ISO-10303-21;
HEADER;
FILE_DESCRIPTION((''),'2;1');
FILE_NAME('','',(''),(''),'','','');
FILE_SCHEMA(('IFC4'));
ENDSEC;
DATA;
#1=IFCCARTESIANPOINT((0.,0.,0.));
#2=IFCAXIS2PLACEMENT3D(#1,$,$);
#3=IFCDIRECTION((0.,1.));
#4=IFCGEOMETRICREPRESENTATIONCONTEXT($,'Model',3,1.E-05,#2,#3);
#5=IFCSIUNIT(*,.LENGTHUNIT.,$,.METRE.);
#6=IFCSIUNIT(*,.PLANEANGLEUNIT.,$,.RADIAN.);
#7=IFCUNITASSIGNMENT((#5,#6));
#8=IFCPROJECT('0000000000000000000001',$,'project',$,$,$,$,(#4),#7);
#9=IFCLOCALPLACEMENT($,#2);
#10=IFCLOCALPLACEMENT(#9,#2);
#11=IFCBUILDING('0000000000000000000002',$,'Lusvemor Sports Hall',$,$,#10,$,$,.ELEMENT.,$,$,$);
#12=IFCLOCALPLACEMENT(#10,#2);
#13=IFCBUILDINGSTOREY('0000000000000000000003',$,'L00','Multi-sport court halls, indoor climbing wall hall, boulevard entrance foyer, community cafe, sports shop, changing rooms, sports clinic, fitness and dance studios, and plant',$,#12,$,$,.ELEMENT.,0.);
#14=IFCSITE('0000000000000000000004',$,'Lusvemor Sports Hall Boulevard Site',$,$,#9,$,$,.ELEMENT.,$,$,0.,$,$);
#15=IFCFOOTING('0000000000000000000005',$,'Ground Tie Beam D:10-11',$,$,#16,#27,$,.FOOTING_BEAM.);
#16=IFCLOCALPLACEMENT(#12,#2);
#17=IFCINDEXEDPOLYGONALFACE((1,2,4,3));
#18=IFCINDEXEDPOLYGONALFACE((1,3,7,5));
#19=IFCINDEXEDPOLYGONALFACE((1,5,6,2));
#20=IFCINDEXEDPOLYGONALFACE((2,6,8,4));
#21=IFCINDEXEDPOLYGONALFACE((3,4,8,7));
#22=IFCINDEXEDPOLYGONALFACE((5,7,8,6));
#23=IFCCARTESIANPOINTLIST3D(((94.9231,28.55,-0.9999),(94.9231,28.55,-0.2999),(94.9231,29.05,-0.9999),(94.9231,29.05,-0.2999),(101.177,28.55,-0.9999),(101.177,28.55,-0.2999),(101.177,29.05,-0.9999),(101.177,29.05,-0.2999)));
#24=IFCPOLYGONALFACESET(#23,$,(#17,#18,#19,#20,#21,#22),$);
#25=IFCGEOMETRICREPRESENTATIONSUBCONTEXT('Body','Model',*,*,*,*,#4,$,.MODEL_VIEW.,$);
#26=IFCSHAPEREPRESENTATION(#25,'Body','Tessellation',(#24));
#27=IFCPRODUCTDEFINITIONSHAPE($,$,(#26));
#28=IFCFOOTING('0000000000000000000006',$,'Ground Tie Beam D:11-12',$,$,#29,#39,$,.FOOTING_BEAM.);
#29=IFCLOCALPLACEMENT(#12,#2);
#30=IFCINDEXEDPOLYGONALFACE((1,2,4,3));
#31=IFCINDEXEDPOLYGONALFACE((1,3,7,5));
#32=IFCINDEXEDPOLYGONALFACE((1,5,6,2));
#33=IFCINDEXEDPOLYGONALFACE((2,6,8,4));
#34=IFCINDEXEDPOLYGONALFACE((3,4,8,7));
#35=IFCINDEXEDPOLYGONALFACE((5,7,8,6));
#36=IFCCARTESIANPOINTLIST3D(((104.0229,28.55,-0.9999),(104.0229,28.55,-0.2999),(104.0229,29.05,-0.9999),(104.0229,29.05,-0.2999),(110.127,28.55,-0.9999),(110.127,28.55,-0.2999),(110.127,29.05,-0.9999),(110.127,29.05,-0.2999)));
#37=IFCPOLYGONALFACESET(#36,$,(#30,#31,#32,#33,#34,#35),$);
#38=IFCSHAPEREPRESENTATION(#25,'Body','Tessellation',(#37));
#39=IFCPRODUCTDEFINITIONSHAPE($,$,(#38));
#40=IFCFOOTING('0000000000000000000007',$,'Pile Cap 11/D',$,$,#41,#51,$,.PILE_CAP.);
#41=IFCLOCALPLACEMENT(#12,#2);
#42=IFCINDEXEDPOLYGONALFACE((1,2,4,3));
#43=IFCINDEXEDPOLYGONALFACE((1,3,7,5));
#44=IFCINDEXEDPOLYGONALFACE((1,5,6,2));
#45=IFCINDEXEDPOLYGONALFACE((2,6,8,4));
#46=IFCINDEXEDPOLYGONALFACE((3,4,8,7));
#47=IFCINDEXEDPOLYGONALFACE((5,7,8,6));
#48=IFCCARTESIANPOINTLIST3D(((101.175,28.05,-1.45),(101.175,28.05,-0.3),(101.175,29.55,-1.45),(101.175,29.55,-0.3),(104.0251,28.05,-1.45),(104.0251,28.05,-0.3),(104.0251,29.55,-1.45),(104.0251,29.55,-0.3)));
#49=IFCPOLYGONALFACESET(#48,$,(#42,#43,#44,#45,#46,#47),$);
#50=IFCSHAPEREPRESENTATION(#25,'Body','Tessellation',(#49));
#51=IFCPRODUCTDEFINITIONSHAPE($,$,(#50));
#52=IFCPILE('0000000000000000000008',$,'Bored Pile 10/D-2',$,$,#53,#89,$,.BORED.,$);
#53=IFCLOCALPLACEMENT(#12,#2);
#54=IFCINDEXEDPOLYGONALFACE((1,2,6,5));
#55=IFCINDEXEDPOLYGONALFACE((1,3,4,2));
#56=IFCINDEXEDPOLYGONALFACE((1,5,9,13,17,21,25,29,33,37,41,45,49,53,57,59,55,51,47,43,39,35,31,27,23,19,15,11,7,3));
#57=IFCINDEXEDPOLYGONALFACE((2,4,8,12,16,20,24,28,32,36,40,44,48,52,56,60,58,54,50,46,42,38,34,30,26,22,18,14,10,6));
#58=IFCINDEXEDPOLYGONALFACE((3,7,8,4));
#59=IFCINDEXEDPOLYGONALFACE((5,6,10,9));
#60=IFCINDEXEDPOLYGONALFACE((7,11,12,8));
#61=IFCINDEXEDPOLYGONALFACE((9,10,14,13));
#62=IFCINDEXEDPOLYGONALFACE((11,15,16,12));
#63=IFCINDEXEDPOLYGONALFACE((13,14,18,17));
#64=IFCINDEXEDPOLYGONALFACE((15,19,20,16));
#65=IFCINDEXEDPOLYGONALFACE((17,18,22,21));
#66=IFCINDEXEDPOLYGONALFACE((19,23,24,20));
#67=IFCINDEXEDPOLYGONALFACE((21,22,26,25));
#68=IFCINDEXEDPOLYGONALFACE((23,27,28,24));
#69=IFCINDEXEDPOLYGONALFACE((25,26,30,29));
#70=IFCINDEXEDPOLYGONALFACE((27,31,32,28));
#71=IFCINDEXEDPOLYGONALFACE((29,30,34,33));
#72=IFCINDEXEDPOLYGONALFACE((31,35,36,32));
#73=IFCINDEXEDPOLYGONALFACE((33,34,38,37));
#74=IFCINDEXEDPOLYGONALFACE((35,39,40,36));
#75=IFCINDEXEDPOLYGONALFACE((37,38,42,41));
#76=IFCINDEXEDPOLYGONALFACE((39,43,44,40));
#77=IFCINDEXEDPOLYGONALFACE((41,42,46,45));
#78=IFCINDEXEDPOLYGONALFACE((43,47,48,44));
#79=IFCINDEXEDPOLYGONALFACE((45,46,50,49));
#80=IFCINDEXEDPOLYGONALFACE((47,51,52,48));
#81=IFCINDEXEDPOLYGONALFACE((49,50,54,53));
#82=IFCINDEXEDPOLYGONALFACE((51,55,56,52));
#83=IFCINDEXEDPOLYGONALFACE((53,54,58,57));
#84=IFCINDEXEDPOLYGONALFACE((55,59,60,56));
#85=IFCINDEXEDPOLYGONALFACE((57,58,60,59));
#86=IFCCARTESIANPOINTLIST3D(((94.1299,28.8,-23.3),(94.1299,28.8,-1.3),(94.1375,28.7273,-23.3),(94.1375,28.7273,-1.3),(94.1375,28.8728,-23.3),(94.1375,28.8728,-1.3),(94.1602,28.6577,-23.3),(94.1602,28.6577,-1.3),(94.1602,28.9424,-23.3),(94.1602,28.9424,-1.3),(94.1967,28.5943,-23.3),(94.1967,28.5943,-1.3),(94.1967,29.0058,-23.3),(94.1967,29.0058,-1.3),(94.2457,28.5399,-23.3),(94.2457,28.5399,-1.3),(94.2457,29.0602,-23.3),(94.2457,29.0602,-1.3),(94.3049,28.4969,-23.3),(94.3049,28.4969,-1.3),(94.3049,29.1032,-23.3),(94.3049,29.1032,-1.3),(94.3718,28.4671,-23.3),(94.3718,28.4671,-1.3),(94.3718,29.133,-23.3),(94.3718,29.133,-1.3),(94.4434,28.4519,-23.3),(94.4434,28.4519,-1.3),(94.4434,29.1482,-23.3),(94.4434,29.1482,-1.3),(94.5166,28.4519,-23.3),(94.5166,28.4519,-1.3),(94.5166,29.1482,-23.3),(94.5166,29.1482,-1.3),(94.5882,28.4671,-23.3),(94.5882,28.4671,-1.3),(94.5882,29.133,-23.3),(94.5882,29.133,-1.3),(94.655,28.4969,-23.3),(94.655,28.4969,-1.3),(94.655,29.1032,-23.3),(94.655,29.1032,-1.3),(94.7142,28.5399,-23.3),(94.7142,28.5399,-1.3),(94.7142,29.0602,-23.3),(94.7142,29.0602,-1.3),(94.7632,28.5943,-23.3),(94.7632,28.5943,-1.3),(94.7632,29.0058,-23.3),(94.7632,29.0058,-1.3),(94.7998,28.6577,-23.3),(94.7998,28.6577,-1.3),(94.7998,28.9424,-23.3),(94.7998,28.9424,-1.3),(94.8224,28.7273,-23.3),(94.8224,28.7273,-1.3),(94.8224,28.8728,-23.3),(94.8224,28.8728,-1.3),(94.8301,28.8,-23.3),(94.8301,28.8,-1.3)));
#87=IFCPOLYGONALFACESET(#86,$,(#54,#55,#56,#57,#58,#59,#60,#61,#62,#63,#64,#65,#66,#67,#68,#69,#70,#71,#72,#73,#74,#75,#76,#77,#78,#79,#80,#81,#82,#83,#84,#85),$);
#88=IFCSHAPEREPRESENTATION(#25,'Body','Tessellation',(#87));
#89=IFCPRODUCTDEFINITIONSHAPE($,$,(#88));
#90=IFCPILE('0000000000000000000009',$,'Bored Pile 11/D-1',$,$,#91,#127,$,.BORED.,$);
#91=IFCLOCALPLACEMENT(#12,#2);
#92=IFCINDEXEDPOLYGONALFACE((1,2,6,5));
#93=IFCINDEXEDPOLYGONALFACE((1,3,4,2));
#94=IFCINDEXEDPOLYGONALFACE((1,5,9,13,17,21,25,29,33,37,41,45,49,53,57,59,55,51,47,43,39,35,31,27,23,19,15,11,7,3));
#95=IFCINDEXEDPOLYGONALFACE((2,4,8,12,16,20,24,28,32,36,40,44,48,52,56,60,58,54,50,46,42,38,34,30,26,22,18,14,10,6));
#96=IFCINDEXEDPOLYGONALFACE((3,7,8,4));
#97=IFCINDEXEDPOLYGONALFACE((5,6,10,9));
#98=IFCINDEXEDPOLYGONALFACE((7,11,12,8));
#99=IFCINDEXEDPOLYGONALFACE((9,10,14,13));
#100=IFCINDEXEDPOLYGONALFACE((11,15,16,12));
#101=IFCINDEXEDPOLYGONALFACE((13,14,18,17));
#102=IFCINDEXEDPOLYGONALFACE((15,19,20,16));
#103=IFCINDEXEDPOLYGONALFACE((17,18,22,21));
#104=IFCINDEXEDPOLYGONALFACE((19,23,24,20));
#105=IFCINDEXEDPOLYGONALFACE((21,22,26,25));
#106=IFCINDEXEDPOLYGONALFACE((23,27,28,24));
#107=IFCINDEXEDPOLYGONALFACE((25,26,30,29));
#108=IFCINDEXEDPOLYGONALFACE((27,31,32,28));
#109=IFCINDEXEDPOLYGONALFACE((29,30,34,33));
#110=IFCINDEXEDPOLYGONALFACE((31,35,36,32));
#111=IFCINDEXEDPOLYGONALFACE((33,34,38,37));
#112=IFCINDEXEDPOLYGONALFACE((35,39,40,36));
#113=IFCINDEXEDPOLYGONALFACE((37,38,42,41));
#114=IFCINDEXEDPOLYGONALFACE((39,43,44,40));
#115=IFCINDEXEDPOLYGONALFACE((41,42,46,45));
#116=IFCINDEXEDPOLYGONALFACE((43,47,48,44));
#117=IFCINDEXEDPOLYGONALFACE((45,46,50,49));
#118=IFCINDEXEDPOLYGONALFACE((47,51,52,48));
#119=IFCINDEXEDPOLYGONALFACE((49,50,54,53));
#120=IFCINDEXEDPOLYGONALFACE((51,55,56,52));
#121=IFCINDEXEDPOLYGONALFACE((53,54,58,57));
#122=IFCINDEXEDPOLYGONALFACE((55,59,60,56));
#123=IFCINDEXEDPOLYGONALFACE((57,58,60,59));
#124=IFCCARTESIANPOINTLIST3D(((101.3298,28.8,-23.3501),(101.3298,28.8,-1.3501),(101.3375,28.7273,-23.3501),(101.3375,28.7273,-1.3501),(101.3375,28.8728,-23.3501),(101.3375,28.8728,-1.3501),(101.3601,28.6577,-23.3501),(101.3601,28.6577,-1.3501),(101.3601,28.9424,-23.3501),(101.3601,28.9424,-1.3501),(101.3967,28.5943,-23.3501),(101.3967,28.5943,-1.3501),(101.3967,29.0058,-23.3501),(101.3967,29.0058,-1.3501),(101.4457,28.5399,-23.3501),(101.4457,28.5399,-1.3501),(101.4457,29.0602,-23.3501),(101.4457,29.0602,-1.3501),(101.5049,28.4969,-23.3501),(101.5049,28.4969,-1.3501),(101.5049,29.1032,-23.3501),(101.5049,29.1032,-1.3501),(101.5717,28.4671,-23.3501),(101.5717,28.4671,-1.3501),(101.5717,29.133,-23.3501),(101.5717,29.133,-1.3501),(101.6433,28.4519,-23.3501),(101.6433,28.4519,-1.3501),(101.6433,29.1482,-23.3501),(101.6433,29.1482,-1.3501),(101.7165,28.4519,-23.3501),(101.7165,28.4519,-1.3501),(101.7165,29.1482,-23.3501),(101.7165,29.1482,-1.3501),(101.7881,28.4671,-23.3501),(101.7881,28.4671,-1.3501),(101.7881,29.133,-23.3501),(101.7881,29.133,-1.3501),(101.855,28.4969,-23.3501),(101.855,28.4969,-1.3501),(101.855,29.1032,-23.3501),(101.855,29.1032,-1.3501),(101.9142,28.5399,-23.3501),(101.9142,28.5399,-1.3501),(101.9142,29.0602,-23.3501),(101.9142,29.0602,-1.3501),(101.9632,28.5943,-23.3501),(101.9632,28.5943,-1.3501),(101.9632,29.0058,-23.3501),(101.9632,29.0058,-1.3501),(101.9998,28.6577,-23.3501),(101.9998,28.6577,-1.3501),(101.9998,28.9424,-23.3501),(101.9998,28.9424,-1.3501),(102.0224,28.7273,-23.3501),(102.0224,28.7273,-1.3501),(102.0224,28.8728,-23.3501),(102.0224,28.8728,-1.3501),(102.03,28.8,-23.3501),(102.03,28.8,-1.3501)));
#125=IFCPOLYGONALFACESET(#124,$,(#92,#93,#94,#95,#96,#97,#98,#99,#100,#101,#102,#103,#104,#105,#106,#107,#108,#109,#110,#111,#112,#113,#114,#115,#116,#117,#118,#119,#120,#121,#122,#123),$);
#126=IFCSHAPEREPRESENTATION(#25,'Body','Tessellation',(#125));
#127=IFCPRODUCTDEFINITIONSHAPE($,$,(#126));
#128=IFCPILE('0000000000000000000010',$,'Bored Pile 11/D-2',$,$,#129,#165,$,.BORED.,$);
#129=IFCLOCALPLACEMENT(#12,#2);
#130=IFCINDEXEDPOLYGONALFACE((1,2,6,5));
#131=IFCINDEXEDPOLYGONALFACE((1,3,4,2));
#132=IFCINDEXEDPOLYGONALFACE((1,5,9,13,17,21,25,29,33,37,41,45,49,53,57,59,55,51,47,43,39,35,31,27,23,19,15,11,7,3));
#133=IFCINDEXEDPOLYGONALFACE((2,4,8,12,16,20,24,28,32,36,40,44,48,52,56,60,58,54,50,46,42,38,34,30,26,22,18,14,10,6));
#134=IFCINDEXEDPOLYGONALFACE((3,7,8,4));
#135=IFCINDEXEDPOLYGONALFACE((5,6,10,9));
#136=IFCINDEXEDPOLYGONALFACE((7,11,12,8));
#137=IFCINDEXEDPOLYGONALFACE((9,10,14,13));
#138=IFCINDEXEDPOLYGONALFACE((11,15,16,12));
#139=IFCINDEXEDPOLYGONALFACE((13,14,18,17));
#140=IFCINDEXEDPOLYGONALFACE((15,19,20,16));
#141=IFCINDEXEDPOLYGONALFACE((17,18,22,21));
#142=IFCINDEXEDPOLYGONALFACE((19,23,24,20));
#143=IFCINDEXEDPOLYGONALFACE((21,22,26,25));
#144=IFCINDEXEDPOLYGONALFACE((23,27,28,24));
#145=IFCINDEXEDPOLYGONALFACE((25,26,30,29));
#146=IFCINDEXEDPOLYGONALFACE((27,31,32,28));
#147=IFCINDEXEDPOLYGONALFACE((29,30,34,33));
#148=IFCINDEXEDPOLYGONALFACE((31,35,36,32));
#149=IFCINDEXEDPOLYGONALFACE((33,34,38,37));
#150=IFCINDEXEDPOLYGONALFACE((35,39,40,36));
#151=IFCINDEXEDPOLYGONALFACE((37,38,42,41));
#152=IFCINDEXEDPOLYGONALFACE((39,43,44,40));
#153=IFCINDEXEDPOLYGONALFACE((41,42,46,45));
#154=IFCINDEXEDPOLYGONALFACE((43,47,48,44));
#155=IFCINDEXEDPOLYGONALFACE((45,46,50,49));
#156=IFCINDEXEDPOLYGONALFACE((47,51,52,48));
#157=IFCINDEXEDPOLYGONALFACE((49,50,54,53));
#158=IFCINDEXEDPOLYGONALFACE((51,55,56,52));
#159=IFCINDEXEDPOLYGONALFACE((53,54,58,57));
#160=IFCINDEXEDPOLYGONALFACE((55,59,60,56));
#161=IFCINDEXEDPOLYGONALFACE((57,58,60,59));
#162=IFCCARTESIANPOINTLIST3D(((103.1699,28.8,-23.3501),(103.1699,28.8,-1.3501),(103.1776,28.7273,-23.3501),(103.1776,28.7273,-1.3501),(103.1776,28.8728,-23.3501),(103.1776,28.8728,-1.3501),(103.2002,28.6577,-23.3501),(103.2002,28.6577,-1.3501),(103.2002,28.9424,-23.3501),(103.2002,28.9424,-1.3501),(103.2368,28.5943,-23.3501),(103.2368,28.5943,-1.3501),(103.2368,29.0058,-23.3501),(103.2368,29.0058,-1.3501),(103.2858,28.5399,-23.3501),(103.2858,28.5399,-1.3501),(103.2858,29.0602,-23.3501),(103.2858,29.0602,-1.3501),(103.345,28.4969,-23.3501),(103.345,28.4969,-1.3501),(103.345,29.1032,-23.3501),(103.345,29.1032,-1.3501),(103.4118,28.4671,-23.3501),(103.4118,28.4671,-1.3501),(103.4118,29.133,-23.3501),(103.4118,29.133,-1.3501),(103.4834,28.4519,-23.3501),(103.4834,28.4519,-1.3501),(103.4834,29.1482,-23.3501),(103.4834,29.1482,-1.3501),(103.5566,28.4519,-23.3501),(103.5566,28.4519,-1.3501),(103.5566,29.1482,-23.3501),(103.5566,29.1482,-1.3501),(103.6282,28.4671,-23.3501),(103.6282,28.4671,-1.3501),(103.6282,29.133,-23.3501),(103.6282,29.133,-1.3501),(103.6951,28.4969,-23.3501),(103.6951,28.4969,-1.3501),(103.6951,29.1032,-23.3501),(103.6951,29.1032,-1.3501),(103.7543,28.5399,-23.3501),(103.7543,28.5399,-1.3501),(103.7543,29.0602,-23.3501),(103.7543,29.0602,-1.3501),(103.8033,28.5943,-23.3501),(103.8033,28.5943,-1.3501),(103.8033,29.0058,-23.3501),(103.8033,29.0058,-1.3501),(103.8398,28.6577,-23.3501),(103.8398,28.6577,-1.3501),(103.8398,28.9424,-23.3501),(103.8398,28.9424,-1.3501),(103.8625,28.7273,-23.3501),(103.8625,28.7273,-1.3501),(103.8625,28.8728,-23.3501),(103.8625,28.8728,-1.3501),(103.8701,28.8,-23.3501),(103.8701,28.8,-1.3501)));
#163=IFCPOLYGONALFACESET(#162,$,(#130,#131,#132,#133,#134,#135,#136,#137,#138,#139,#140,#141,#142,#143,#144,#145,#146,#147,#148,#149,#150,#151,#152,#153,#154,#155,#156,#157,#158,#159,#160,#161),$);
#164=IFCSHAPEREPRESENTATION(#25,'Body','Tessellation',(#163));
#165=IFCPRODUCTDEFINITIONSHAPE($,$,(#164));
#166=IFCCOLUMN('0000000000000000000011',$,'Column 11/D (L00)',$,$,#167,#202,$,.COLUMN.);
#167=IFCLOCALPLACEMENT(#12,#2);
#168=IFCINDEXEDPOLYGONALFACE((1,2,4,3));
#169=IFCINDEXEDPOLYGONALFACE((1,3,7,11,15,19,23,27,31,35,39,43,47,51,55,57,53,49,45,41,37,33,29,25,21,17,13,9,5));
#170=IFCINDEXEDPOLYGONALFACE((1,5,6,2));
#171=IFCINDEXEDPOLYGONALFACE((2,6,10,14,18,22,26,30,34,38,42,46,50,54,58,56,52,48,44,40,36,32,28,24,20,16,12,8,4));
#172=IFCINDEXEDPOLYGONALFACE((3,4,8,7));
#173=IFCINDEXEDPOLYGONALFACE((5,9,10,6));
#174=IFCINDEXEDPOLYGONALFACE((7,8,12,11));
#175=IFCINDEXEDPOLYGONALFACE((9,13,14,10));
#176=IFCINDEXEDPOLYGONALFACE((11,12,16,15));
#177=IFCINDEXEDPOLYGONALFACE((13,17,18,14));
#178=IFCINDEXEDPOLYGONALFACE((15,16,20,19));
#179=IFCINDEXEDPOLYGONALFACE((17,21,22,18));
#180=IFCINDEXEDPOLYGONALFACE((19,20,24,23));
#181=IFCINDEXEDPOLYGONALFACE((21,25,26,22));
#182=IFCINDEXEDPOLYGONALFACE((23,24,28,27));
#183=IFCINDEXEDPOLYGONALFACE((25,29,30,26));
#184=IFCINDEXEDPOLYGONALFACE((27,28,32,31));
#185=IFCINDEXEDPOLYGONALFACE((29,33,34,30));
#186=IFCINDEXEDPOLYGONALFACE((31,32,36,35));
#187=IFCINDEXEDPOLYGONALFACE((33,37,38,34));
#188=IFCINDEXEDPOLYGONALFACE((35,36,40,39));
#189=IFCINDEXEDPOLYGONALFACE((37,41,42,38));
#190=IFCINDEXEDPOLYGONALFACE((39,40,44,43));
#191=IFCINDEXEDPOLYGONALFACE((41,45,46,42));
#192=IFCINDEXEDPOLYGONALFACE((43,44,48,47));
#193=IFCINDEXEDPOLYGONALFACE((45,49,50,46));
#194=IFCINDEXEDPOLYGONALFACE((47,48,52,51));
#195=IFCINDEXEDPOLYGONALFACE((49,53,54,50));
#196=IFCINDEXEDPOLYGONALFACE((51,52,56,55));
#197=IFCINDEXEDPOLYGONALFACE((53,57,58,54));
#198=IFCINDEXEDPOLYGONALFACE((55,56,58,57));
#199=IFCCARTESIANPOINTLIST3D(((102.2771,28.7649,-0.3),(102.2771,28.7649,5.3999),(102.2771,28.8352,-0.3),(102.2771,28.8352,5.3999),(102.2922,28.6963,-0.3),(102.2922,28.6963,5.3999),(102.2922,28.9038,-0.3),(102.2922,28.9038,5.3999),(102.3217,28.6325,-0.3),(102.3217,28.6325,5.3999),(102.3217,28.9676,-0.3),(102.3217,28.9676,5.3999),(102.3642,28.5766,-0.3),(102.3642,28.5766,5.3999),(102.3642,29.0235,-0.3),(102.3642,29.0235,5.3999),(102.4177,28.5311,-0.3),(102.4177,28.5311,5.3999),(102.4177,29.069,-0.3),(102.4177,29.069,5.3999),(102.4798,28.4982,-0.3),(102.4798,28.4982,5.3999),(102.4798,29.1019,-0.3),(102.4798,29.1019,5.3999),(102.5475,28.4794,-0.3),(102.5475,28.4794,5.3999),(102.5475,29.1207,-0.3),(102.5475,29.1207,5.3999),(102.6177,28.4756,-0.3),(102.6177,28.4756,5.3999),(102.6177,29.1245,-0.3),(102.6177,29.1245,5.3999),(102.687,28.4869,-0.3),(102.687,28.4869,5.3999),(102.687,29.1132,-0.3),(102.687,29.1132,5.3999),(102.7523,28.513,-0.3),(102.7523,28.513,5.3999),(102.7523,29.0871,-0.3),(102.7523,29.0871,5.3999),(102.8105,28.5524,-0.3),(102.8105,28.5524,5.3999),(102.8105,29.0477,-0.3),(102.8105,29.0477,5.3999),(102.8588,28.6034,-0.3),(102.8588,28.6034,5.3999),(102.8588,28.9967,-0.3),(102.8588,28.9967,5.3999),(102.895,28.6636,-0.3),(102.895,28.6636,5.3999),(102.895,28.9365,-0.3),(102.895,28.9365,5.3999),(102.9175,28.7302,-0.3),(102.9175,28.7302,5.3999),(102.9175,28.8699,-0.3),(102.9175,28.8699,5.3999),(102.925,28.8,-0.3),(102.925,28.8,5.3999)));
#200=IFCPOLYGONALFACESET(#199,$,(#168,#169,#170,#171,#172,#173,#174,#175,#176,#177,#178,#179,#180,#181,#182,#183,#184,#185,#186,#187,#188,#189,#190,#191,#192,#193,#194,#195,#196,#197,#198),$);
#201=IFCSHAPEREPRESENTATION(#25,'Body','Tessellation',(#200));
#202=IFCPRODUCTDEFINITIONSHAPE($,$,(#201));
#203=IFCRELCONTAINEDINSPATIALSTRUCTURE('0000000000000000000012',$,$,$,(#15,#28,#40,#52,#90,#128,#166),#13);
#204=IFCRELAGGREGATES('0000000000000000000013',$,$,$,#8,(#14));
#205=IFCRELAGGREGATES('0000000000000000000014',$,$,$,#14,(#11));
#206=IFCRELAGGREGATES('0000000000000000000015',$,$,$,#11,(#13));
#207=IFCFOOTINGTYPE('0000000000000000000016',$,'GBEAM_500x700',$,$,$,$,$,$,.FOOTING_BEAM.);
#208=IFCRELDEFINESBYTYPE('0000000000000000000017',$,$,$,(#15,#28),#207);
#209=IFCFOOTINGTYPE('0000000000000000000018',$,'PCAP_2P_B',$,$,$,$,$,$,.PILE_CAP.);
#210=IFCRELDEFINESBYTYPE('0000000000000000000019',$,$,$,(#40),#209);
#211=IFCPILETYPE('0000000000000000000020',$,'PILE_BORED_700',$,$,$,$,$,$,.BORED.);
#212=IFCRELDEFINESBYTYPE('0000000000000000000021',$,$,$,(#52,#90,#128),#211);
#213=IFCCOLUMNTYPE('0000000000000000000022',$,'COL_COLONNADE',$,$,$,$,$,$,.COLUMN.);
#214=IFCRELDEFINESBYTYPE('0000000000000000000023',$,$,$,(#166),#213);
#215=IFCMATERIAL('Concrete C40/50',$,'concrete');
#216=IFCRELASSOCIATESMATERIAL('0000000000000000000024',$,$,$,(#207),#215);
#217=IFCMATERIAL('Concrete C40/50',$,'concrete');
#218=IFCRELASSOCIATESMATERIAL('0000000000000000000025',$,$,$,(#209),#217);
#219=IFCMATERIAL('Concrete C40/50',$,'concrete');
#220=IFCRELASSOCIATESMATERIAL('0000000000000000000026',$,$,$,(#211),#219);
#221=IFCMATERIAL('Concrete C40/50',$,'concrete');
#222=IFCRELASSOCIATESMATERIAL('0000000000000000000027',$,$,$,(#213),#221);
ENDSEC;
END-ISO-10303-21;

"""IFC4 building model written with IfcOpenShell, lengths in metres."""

from ifc_helpers import new_model, si_unit, direction, frame, origin, origin_2d, place, context, subcontext, project, spatial, rectangle, circle, extrude, material, material_profile, profile_set, type_object, element, save


model = new_model("IFC4")

# Units and contexts
model_context = context("Model", 3, precision=1e-05, world=origin(), true_north=direction((0.0, 1.0)))
body_context = subcontext(model_context, "Body", "Model", "MODEL_VIEW")
ifc_project = project(units=[si_unit("LENGTHUNIT", "METRE"), si_unit("PLANEANGLEUNIT", "RADIAN")], contexts=[model_context])

# Site, building, storey
site_placement = place(None, origin())
site = spatial("IfcSite", under=ifc_project, at=site_placement, Name="Lusvemor Sports Hall Boulevard Site", CompositionType="ELEMENT", RefElevation=0.0)
building_placement = place(site_placement, origin())
building = spatial("IfcBuilding", under=site, at=building_placement, Name="Lusvemor Sports Hall", CompositionType="ELEMENT")
storey_placement = place(building_placement, origin())
storey = spatial("IfcBuildingStorey", under=building, at=storey_placement, Name="L00", Description="Multi-sport court halls, indoor climbing wall hall, boulevard entrance foyer, community cafe, sports shop, changing rooms, sports clinic, fitness and dance studios, and plant", CompositionType="ELEMENT", Elevation=0.0)

# Footings
ifc_material_1 = material(Name="Concrete C40/50", Category="concrete")
ifc_material_profile_1 = material_profile(ifc_material_1, rectangle(XDim=0.5, YDim=0.7, at=origin_2d()), Name="GB_500x700")
ifc_profile_set_1 = profile_set([ifc_material_profile_1], Name="Concrete C40/50")
footing_type_1 = type_object("IfcFootingType", Name="GBEAM_500x700", PredefinedType="FOOTING_BEAM", material=ifc_profile_set_1)
footing_1_placement = place(storey_placement, frame((94.9231, 28.8, -0.6499), z_axis=(1.0, 0.0, 0.0), x_axis=(0.0, 1.0, 0.0)))
element("IfcFooting", 1, at=footing_1_placement, inside=storey, type_object=footing_type_1, Name="Ground Tie Beam D:10-11", PredefinedType="FOOTING_BEAM", context=body_context, shape_type="SweptSolid", body=[
    extrude(rectangle(XDim=0.5, YDim=0.7, at=origin_2d()), origin(), (0.0, 0.0, 1.0), 6.2539),
])
footing_2_placement = place(storey_placement, frame((104.0229, 28.8, -0.6499), z_axis=(1.0, 0.0, 0.0), x_axis=(0.0, 1.0, 0.0)))
element("IfcFooting", 2, at=footing_2_placement, inside=storey, type_object=footing_type_1, Name="Ground Tie Beam D:11-12", PredefinedType="FOOTING_BEAM", context=body_context, shape_type="SweptSolid", body=[
    extrude(rectangle(XDim=0.5, YDim=0.7, at=origin_2d()), origin(), (0.0, 0.0, 1.0), 6.104),
])
ifc_material_2 = material(Name="Concrete C40/50", Category="concrete")
footing_type_2 = type_object("IfcFootingType", Name="PCAP_2P_B", PredefinedType="PILE_CAP", material=ifc_material_2)
footing_3_placement = place(storey_placement, frame((102.6001, 28.8, -1.45), z_axis=(0.0, 0.0, 1.0), x_axis=(1.0, 0.0, 0.0)))
element("IfcFooting", 3, at=footing_3_placement, inside=storey, type_object=footing_type_2, Name="Pile Cap 11/D", PredefinedType="PILE_CAP", context=body_context, shape_type="SweptSolid", body=[
    extrude(rectangle(XDim=2.8501, YDim=1.5, at=origin_2d()), origin(), (0.0, 0.0, 1.0), 1.1499),
])

# Piles
ifc_material_3 = material(Name="Concrete C40/50", Category="concrete")
ifc_material_profile_2 = material_profile(ifc_material_3, circle(Radius=0.3501, at=origin_2d()), Name="PILE700")
ifc_profile_set_2 = profile_set([ifc_material_profile_2], Name="Concrete C40/50")
pile_type = type_object("IfcPileType", Name="PILE_BORED_700", PredefinedType="BORED", material=ifc_profile_set_2)
for number, where, z_axis, x_axis, name in (
    (4, (94.48, 28.8, -1.3), (0.0, 0.0, -1.0), (1.0, 0.0, 0.0), "Bored Pile 10/D-2"),
    (5, (101.6799, 28.8, -1.3501), (0.0, 0.0, -1.0), (1.0, 0.0, 0.0), "Bored Pile 11/D-1"),
    (6, (103.52, 28.8, -1.3501), (0.0, 0.0, -1.0), (1.0, 0.0, 0.0), "Bored Pile 11/D-2"),
):
    element("IfcPile", number, at=place(storey_placement, frame(where, z_axis=z_axis, x_axis=x_axis)), inside=storey, type_object=pile_type, Name=name, PredefinedType="BORED", context=body_context, shape_type="SweptSolid", body=[
        extrude(circle(Radius=0.3501, at=origin_2d()), origin(), (0.0, 0.0, 1.0), 22.0),
    ])

# Column
ifc_material_4 = material(Name="Concrete C40/50", Category="concrete")
ifc_material_profile_3 = material_profile(ifc_material_4, circle(Radius=0.325, at=origin_2d()), Name="RCCIRC650")
ifc_profile_set_3 = profile_set([ifc_material_profile_3], Name="Concrete C40/50")
column_type_1 = type_object("IfcColumnType", Name="COL_COLONNADE", PredefinedType="COLUMN", material=ifc_profile_set_3)
column_placement = place(storey_placement, frame((102.6001, 28.8, -0.3), z_axis=(0.0, 0.0, 1.0), x_axis=(1.0, 0.0, 0.0)))
element("IfcColumn", 7, at=column_placement, inside=storey, type_object=column_type_1, Name="Column 11/D (L00)", PredefinedType="COLUMN", context=body_context, shape_type="SweptSolid", body=[
    extrude(circle(Radius=0.325, at=origin_2d()), origin(), (0.0, 0.0, 1.0), 5.7),
])

save(model, "model.ifc")
